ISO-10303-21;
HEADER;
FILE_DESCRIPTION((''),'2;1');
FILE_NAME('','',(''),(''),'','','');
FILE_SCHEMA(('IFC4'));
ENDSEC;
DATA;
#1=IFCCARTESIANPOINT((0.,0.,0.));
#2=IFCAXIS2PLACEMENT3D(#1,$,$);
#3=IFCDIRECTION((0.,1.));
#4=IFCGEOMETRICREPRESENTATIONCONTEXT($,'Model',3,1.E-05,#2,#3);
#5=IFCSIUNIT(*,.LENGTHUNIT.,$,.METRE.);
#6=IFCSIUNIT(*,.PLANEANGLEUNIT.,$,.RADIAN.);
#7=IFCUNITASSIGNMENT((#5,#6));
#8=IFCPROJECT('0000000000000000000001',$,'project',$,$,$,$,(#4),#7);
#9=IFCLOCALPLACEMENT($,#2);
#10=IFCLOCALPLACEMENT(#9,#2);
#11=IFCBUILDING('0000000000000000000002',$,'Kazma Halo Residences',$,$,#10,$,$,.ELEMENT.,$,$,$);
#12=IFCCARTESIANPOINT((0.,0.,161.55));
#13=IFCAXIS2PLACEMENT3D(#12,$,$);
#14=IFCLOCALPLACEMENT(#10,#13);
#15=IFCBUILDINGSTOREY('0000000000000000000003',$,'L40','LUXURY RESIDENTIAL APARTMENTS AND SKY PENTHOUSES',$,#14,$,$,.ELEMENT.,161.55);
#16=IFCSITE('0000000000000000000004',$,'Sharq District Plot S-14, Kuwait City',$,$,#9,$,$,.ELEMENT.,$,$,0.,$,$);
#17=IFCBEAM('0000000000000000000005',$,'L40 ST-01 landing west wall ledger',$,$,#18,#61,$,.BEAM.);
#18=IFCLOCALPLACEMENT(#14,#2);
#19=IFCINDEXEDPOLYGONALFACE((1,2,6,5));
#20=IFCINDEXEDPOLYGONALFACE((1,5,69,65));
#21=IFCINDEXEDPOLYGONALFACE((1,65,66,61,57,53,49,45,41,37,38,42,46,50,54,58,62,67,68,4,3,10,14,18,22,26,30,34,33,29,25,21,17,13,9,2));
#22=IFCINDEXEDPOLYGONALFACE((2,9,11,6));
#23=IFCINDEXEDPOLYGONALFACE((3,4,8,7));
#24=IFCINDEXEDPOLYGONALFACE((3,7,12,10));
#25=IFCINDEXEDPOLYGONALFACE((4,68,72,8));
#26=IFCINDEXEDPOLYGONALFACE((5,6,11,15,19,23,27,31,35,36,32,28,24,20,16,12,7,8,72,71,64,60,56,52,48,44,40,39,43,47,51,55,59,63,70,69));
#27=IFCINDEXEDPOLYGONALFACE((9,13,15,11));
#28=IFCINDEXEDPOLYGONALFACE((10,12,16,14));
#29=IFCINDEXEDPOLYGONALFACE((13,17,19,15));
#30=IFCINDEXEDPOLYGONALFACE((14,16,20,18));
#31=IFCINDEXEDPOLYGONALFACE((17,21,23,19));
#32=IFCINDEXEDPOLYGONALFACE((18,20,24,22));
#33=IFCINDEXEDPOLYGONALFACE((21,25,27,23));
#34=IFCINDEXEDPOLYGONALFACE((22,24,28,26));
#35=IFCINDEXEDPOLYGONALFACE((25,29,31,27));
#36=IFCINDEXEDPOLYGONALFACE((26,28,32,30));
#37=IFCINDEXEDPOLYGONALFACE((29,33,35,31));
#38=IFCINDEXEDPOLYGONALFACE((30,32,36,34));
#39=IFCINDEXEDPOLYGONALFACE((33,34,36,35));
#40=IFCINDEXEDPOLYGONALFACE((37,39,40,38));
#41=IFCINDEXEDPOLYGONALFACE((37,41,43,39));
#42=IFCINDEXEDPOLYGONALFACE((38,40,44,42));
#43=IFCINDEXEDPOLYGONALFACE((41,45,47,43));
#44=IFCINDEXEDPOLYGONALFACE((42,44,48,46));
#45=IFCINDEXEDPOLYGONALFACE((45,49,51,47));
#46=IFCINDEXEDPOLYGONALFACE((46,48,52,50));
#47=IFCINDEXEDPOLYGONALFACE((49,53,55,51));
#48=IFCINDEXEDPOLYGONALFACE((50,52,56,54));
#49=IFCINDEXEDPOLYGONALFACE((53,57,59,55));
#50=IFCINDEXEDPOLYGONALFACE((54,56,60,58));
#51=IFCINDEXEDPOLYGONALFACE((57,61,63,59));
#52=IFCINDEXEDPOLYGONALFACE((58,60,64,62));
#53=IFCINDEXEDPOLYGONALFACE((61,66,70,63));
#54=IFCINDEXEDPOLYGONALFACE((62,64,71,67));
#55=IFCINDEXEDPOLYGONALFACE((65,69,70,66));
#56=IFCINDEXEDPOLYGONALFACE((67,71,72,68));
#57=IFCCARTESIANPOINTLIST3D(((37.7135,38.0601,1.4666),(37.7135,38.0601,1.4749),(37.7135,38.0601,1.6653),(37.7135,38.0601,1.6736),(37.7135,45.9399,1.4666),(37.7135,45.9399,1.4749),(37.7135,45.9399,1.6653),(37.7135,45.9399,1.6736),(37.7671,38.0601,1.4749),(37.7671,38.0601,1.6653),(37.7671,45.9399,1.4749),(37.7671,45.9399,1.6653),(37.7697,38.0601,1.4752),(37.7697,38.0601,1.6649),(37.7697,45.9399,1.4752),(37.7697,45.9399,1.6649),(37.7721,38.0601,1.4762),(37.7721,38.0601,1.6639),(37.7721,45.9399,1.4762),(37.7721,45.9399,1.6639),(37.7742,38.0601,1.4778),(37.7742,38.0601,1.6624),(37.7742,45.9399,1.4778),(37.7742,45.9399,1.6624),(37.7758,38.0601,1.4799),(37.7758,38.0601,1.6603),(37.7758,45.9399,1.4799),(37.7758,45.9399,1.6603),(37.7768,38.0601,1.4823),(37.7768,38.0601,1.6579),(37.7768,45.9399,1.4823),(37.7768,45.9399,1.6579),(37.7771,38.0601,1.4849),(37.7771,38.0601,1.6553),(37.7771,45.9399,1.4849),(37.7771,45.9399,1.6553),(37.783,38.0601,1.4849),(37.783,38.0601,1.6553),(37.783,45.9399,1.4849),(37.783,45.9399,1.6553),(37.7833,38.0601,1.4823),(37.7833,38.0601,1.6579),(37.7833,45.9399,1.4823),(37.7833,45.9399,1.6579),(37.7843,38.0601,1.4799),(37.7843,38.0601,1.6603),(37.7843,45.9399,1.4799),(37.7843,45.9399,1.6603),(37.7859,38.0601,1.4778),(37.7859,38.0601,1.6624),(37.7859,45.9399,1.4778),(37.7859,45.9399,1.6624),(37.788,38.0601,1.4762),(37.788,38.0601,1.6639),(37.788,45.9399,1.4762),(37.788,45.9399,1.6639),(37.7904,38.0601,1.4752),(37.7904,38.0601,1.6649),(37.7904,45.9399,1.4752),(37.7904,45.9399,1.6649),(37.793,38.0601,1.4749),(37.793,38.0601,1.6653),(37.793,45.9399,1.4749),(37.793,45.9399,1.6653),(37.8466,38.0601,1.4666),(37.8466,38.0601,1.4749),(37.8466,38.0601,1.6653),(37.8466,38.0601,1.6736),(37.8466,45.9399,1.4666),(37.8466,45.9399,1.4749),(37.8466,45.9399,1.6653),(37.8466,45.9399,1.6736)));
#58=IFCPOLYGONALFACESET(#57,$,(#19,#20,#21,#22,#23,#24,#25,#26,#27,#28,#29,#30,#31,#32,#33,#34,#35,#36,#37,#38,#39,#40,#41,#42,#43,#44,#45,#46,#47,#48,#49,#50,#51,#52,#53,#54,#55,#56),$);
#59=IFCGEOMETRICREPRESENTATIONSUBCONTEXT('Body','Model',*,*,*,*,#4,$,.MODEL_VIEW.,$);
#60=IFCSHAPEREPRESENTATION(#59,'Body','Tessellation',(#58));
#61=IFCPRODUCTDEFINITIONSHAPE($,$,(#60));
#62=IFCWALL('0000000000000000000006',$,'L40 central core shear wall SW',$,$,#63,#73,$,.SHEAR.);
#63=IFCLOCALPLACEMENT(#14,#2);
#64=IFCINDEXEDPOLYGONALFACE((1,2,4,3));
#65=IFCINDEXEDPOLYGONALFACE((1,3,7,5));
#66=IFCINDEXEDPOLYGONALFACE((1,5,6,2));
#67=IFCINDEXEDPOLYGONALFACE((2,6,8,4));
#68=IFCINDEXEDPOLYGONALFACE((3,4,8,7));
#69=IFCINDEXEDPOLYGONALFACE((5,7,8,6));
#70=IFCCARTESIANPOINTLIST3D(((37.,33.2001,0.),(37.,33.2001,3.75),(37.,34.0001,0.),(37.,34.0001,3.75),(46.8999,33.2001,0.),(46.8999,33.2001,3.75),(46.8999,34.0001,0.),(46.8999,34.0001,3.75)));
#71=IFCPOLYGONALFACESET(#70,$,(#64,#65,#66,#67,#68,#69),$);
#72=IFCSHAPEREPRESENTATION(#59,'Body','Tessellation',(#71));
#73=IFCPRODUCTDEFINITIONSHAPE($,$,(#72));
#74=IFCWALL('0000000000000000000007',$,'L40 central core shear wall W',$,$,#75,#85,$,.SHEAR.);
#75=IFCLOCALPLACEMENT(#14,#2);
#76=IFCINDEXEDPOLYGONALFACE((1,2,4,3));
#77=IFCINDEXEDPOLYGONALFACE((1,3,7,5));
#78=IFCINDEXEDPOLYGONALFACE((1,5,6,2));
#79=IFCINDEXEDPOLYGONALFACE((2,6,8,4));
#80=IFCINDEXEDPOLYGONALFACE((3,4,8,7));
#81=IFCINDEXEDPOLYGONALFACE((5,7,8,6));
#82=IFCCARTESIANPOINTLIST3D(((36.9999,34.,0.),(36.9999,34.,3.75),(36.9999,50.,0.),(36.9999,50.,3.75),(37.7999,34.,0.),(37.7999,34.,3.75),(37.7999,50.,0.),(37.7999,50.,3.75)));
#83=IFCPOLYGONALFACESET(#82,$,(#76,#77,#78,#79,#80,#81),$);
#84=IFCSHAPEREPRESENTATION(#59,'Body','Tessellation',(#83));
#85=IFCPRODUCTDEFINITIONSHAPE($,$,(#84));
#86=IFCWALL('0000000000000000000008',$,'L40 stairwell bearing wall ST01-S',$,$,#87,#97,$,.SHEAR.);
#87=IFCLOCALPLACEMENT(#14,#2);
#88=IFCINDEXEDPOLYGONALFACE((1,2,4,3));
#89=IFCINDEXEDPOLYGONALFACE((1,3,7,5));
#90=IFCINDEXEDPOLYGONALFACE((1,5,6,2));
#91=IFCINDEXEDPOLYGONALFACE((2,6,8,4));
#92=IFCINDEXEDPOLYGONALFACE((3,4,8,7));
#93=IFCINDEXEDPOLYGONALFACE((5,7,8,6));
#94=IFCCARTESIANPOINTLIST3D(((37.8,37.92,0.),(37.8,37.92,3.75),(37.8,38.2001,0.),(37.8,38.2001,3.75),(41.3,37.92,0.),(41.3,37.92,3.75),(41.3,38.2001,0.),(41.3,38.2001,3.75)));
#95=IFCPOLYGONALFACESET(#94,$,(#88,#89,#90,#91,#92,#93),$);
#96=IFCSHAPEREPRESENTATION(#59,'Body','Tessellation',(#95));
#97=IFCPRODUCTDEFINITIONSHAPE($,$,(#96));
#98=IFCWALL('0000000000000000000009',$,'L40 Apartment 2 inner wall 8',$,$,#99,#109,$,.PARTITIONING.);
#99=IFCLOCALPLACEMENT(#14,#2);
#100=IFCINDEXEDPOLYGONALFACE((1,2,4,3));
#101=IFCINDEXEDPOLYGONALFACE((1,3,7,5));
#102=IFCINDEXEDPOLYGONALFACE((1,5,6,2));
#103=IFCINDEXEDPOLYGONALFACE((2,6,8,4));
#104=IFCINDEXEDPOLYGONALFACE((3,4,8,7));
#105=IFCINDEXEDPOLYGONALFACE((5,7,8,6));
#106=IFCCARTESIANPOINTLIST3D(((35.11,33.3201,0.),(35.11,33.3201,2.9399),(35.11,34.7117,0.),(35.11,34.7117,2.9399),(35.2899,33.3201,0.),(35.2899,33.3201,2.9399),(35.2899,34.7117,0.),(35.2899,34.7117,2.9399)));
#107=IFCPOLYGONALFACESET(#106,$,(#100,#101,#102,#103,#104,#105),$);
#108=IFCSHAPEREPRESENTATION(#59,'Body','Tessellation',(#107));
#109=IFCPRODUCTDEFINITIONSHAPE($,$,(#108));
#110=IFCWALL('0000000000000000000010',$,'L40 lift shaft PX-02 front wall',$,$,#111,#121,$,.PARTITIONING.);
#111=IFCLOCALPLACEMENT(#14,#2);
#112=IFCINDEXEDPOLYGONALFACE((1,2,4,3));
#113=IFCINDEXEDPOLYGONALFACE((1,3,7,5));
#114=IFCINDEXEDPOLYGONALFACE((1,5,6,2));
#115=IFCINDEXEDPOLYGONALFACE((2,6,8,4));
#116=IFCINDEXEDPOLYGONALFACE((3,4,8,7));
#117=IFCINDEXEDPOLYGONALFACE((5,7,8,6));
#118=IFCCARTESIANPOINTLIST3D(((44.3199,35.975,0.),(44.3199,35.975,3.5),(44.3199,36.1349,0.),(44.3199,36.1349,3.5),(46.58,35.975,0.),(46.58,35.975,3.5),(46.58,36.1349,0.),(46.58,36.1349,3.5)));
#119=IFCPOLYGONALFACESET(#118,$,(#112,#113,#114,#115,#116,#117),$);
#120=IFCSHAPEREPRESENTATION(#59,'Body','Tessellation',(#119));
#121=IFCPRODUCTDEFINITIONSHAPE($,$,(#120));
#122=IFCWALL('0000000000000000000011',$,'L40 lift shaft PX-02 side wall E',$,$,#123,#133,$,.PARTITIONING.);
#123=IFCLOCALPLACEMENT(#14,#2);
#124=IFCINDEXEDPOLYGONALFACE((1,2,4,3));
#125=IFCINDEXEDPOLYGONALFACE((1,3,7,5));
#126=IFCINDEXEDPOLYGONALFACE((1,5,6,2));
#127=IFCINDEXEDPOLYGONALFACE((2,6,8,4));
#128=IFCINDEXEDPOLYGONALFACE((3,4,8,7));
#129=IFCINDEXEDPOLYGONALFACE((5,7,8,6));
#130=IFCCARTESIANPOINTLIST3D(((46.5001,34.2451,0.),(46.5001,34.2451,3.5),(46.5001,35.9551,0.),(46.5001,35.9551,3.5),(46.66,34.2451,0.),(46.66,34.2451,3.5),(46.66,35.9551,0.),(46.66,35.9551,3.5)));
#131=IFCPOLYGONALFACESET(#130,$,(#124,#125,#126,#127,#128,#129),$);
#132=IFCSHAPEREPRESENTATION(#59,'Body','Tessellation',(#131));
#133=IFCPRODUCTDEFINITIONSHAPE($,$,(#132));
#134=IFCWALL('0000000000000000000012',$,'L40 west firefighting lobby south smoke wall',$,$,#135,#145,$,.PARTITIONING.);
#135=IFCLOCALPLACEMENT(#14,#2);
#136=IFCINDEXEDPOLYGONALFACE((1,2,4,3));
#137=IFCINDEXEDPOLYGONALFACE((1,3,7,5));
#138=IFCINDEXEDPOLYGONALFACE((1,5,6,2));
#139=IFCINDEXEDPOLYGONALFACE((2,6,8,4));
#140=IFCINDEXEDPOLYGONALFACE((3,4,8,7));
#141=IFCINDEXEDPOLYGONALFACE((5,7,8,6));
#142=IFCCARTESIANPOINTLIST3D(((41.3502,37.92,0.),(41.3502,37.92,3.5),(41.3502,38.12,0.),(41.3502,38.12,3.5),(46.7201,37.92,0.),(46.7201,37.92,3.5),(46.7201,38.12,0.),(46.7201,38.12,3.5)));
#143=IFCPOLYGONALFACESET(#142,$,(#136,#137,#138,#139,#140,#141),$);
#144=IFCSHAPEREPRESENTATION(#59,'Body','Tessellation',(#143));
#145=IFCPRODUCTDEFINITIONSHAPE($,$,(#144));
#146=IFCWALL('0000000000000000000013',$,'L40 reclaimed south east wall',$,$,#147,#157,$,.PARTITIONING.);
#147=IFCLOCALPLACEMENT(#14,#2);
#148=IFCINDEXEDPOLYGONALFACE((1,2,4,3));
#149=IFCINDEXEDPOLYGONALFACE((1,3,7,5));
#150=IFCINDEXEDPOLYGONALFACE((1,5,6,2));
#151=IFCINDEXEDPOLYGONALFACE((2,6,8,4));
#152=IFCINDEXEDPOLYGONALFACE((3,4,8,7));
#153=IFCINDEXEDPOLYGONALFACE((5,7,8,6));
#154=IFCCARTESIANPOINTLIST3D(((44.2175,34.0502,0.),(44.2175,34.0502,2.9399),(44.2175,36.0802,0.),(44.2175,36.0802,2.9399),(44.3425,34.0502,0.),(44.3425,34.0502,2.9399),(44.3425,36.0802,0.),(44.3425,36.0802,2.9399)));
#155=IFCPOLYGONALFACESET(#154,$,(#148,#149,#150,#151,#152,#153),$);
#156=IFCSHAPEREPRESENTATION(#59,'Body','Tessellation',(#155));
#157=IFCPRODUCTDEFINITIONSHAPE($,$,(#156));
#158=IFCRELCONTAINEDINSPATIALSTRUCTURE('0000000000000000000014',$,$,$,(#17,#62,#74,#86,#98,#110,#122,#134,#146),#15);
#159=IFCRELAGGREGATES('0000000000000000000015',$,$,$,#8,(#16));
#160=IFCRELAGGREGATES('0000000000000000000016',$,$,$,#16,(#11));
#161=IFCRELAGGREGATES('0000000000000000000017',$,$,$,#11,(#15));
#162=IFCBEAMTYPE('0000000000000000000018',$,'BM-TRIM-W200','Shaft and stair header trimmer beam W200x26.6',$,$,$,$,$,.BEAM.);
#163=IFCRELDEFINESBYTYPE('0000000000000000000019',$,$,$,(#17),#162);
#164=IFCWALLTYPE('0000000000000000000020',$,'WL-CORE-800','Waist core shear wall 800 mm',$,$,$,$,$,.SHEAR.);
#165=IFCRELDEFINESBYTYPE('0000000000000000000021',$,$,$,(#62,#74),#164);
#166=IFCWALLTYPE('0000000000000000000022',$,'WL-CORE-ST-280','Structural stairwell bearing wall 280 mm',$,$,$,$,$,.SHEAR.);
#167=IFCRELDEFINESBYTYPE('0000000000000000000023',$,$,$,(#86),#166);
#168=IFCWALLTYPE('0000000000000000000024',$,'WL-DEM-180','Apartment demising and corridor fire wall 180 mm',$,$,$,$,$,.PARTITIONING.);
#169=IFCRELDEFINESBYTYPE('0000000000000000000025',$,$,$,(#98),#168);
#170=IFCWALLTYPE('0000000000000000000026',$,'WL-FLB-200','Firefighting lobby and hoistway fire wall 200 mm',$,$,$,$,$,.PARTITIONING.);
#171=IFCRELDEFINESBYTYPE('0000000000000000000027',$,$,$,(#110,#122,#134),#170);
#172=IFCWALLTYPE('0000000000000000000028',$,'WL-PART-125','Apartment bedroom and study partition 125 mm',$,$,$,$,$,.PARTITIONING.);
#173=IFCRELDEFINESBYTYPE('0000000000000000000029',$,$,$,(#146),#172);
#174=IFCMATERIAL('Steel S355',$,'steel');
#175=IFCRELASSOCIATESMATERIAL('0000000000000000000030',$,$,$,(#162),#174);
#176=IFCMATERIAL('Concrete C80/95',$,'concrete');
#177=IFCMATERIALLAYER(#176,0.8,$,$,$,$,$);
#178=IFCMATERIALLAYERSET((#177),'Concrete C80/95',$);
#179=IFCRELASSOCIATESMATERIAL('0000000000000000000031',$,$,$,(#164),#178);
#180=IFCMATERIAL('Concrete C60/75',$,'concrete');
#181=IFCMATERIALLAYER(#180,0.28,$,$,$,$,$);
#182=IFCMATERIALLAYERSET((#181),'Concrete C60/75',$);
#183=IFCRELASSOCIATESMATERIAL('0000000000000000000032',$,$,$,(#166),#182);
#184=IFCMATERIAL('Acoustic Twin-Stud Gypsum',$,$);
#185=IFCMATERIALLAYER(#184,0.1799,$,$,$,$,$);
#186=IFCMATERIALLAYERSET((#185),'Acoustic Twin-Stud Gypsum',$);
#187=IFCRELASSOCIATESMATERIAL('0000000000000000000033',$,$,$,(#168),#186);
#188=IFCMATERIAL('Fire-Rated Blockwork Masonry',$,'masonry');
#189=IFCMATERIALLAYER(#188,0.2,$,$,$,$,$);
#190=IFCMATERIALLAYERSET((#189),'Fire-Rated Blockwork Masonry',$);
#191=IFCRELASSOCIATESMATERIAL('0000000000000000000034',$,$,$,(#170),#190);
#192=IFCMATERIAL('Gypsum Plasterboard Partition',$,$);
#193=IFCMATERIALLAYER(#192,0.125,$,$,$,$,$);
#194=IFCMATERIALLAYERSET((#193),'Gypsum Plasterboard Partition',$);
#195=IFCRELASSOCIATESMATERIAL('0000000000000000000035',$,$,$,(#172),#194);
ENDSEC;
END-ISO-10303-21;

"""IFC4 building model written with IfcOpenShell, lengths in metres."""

from ifc_helpers import new_model, si_unit, direction, frame, frame_2d, origin, origin_2d, place, context, subcontext, project, spatial, rectangle, i_section, extrude, material, layer, layer_set, material_profile, profile_set, type_object, element, save


model = new_model("IFC4")

# Units and contexts
model_context = context("Model", 3, precision=1e-05, world=origin(), true_north=direction((0.0, 1.0)))
body_context = subcontext(model_context, "Body", "Model", "MODEL_VIEW")
ifc_project = project(units=[si_unit("LENGTHUNIT", "METRE"), si_unit("PLANEANGLEUNIT", "RADIAN")], contexts=[model_context])

# Site, building, storey
site_placement = place(None, origin())
site = spatial("IfcSite", under=ifc_project, at=site_placement, Name="Sharq District Plot S-14, Kuwait City", CompositionType="ELEMENT", RefElevation=0.0)
building_placement = place(site_placement, origin())
building = spatial("IfcBuilding", under=site, at=building_placement, Name="Kazma Halo Residences", CompositionType="ELEMENT")
storey_placement = place(building_placement, frame((0.0, 0.0, 161.55)))
storey = spatial("IfcBuildingStorey", under=building, at=storey_placement, Name="L40", Description="LUXURY RESIDENTIAL APARTMENTS AND SKY PENTHOUSES", CompositionType="ELEMENT", Elevation=161.55)

# Beam
ifc_material_1 = material(Name="Steel S355", Category="steel")
ifc_material_profile_1 = material_profile(ifc_material_1, i_section(OverallWidth=0.1331, OverallDepth=0.207, WebThickness=0.0059, FlangeThickness=0.0083, FilletRadius=0.01, at=origin_2d()), Name="W200x26.6")
ifc_profile_set_1 = profile_set([ifc_material_profile_1], Name="Steel S355")
beam_type_1 = type_object("IfcBeamType", Name="BM-TRIM-W200", Description="Shaft and stair header trimmer beam W200x26.6", PredefinedType="BEAM", material=ifc_profile_set_1)
beam_1_placement = place(storey_placement, frame((37.78, 38.0601, 1.5701), z_axis=(0.0, 1.0, 0.0), x_axis=(-1.0, 0.0, 0.0)))
element("IfcBeam", 1, at=beam_1_placement, inside=storey, type_object=beam_type_1, Name="L40 ST-01 landing west wall ledger", PredefinedType="BEAM", context=body_context, shape_type="SweptSolid", body=[
    extrude(i_section(OverallWidth=0.1331, OverallDepth=0.207, WebThickness=0.0059, FlangeThickness=0.0083, FilletRadius=0.01, at=origin_2d()), origin(), (0.0, 0.0, 1.0), 7.8799),
])

# Walls
ifc_material_2 = material(Name="Concrete C80/95", Category="concrete")
ifc_layer_1 = layer(ifc_material_2, 0.8)
ifc_layer_set_1 = layer_set([ifc_layer_1], Name="Concrete C80/95")
wall_type_1 = type_object("IfcWallType", Name="WL-CORE-800", Description="Waist core shear wall 800 mm", PredefinedType="SHEAR", material=ifc_layer_set_1)
wall_1_placement = place(storey_placement, frame((37.0, 33.6001, 0.0), z_axis=(0.0, 0.0, 1.0), x_axis=(1.0, 0.0, 0.0)))
element("IfcWall", 2, at=wall_1_placement, inside=storey, type_object=wall_type_1, Name="L40 central core shear wall SW", PredefinedType="SHEAR", context=body_context, shape_type="SweptSolid", body=[
    extrude(rectangle(XDim=9.8999, YDim=0.8, at=frame_2d((4.95, 0.0))), origin(), (0.0, 0.0, 1.0), 3.75),
])
wall_2_placement = place(storey_placement, frame((37.3999, 34.0, 0.0), z_axis=(0.0, 0.0, 1.0), x_axis=(0.0, 1.0, 0.0)))
element("IfcWall", 3, at=wall_2_placement, inside=storey, type_object=wall_type_1, Name="L40 central core shear wall W", PredefinedType="SHEAR", context=body_context, shape_type="SweptSolid", body=[
    extrude(rectangle(XDim=16.0, YDim=0.8, at=frame_2d((8.0, 0.0))), origin(), (0.0, 0.0, 1.0), 3.75),
])
ifc_material_3 = material(Name="Concrete C60/75", Category="concrete")
ifc_layer_2 = layer(ifc_material_3, 0.28)
ifc_layer_set_2 = layer_set([ifc_layer_2], Name="Concrete C60/75")
wall_type_2 = type_object("IfcWallType", Name="WL-CORE-ST-280", Description="Structural stairwell bearing wall 280 mm", PredefinedType="SHEAR", material=ifc_layer_set_2)
wall_3_placement = place(storey_placement, frame((37.8, 38.0601, 0.0), z_axis=(0.0, 0.0, 1.0), x_axis=(1.0, 0.0, 0.0)))
element("IfcWall", 4, at=wall_3_placement, inside=storey, type_object=wall_type_2, Name="L40 stairwell bearing wall ST01-S", PredefinedType="SHEAR", context=body_context, shape_type="SweptSolid", body=[
    extrude(rectangle(XDim=3.5, YDim=0.28, at=frame_2d((1.75, 0.0))), origin(), (0.0, 0.0, 1.0), 3.75),
])
ifc_material_4 = material(Name="Acoustic Twin-Stud Gypsum")
ifc_layer_3 = layer(ifc_material_4, 0.1799)
ifc_layer_set_3 = layer_set([ifc_layer_3], Name="Acoustic Twin-Stud Gypsum")
wall_type_3 = type_object("IfcWallType", Name="WL-DEM-180", Description="Apartment demising and corridor fire wall 180 mm", PredefinedType="PARTITIONING", material=ifc_layer_set_3)
wall_4_placement = place(storey_placement, frame((35.2, 34.7117, 0.0), z_axis=(0.0, 0.0, 1.0), x_axis=(0.0, -1.0, 0.0)))
element("IfcWall", 5, at=wall_4_placement, inside=storey, type_object=wall_type_3, Name="L40 Apartment 2 inner wall 8", PredefinedType="PARTITIONING", context=body_context, shape_type="SweptSolid", body=[
    extrude(rectangle(XDim=1.3916, YDim=0.1799, at=frame_2d((0.6958, 0.0))), origin(), (0.0, 0.0, 1.0), 2.9399),
])
ifc_material_5 = material(Name="Fire-Rated Blockwork Masonry", Category="masonry")
ifc_layer_4 = layer(ifc_material_5, 0.2)
ifc_layer_set_4 = layer_set([ifc_layer_4], Name="Fire-Rated Blockwork Masonry")
wall_type_4 = type_object("IfcWallType", Name="WL-FLB-200", Description="Firefighting lobby and hoistway fire wall 200 mm", PredefinedType="PARTITIONING", material=ifc_layer_set_4)
wall_5_placement = place(storey_placement, frame((44.3201, 36.0549, 0.0), z_axis=(0.0, 0.0, 1.0), x_axis=(1.0, 0.0, 0.0)))
element("IfcWall", 6, at=wall_5_placement, inside=storey, type_object=wall_type_4, Name="L40 lift shaft PX-02 front wall", PredefinedType="PARTITIONING", context=body_context, shape_type="SweptSolid", body=[
    extrude(rectangle(XDim=2.26, YDim=0.1599, at=frame_2d((1.1299, 0.0))), origin(), (0.0, 0.0, 1.0), 3.5),
])
wall_6_placement = place(storey_placement, frame((46.5801, 34.2451, 0.0), z_axis=(0.0, 0.0, 1.0), x_axis=(0.0, 1.0, 0.0)))
element("IfcWall", 7, at=wall_6_placement, inside=storey, type_object=wall_type_4, Name="L40 lift shaft PX-02 side wall E", PredefinedType="PARTITIONING", context=body_context, shape_type="SweptSolid", body=[
    extrude(rectangle(XDim=1.71, YDim=0.1599, at=frame_2d((0.855, 0.0))), origin(), (0.0, 0.0, 1.0), 3.5),
])
wall_7_placement = place(storey_placement, frame((41.3501, 38.02, 0.0), z_axis=(0.0, 0.0, 1.0), x_axis=(1.0, 0.0, 0.0)))
element("IfcWall", 8, at=wall_7_placement, inside=storey, type_object=wall_type_4, Name="L40 west firefighting lobby south smoke wall", PredefinedType="PARTITIONING", context=body_context, shape_type="SweptSolid", body=[
    extrude(rectangle(XDim=5.3699, YDim=0.2, at=frame_2d((2.6851, 0.0))), origin(), (0.0, 0.0, 1.0), 3.5),
])
ifc_material_6 = material(Name="Gypsum Plasterboard Partition")
ifc_layer_5 = layer(ifc_material_6, 0.125)
ifc_layer_set_5 = layer_set([ifc_layer_5], Name="Gypsum Plasterboard Partition")
wall_type_5 = type_object("IfcWallType", Name="WL-PART-125", Description="Apartment bedroom and study partition 125 mm", PredefinedType="PARTITIONING", material=ifc_layer_set_5)
wall_8_placement = place(storey_placement, frame((44.28, 34.05, 0.0), z_axis=(0.0, 0.0, 1.0), x_axis=(0.0, 1.0, 0.0)))
element("IfcWall", 9, at=wall_8_placement, inside=storey, type_object=wall_type_5, Name="L40 reclaimed south east wall", PredefinedType="PARTITIONING", context=body_context, shape_type="SweptSolid", body=[
    extrude(rectangle(XDim=2.03, YDim=0.125, at=frame_2d((1.0151, 0.0))), origin(), (0.0, 0.0, 1.0), 2.9399),
])

save(model, "model.ifc")
